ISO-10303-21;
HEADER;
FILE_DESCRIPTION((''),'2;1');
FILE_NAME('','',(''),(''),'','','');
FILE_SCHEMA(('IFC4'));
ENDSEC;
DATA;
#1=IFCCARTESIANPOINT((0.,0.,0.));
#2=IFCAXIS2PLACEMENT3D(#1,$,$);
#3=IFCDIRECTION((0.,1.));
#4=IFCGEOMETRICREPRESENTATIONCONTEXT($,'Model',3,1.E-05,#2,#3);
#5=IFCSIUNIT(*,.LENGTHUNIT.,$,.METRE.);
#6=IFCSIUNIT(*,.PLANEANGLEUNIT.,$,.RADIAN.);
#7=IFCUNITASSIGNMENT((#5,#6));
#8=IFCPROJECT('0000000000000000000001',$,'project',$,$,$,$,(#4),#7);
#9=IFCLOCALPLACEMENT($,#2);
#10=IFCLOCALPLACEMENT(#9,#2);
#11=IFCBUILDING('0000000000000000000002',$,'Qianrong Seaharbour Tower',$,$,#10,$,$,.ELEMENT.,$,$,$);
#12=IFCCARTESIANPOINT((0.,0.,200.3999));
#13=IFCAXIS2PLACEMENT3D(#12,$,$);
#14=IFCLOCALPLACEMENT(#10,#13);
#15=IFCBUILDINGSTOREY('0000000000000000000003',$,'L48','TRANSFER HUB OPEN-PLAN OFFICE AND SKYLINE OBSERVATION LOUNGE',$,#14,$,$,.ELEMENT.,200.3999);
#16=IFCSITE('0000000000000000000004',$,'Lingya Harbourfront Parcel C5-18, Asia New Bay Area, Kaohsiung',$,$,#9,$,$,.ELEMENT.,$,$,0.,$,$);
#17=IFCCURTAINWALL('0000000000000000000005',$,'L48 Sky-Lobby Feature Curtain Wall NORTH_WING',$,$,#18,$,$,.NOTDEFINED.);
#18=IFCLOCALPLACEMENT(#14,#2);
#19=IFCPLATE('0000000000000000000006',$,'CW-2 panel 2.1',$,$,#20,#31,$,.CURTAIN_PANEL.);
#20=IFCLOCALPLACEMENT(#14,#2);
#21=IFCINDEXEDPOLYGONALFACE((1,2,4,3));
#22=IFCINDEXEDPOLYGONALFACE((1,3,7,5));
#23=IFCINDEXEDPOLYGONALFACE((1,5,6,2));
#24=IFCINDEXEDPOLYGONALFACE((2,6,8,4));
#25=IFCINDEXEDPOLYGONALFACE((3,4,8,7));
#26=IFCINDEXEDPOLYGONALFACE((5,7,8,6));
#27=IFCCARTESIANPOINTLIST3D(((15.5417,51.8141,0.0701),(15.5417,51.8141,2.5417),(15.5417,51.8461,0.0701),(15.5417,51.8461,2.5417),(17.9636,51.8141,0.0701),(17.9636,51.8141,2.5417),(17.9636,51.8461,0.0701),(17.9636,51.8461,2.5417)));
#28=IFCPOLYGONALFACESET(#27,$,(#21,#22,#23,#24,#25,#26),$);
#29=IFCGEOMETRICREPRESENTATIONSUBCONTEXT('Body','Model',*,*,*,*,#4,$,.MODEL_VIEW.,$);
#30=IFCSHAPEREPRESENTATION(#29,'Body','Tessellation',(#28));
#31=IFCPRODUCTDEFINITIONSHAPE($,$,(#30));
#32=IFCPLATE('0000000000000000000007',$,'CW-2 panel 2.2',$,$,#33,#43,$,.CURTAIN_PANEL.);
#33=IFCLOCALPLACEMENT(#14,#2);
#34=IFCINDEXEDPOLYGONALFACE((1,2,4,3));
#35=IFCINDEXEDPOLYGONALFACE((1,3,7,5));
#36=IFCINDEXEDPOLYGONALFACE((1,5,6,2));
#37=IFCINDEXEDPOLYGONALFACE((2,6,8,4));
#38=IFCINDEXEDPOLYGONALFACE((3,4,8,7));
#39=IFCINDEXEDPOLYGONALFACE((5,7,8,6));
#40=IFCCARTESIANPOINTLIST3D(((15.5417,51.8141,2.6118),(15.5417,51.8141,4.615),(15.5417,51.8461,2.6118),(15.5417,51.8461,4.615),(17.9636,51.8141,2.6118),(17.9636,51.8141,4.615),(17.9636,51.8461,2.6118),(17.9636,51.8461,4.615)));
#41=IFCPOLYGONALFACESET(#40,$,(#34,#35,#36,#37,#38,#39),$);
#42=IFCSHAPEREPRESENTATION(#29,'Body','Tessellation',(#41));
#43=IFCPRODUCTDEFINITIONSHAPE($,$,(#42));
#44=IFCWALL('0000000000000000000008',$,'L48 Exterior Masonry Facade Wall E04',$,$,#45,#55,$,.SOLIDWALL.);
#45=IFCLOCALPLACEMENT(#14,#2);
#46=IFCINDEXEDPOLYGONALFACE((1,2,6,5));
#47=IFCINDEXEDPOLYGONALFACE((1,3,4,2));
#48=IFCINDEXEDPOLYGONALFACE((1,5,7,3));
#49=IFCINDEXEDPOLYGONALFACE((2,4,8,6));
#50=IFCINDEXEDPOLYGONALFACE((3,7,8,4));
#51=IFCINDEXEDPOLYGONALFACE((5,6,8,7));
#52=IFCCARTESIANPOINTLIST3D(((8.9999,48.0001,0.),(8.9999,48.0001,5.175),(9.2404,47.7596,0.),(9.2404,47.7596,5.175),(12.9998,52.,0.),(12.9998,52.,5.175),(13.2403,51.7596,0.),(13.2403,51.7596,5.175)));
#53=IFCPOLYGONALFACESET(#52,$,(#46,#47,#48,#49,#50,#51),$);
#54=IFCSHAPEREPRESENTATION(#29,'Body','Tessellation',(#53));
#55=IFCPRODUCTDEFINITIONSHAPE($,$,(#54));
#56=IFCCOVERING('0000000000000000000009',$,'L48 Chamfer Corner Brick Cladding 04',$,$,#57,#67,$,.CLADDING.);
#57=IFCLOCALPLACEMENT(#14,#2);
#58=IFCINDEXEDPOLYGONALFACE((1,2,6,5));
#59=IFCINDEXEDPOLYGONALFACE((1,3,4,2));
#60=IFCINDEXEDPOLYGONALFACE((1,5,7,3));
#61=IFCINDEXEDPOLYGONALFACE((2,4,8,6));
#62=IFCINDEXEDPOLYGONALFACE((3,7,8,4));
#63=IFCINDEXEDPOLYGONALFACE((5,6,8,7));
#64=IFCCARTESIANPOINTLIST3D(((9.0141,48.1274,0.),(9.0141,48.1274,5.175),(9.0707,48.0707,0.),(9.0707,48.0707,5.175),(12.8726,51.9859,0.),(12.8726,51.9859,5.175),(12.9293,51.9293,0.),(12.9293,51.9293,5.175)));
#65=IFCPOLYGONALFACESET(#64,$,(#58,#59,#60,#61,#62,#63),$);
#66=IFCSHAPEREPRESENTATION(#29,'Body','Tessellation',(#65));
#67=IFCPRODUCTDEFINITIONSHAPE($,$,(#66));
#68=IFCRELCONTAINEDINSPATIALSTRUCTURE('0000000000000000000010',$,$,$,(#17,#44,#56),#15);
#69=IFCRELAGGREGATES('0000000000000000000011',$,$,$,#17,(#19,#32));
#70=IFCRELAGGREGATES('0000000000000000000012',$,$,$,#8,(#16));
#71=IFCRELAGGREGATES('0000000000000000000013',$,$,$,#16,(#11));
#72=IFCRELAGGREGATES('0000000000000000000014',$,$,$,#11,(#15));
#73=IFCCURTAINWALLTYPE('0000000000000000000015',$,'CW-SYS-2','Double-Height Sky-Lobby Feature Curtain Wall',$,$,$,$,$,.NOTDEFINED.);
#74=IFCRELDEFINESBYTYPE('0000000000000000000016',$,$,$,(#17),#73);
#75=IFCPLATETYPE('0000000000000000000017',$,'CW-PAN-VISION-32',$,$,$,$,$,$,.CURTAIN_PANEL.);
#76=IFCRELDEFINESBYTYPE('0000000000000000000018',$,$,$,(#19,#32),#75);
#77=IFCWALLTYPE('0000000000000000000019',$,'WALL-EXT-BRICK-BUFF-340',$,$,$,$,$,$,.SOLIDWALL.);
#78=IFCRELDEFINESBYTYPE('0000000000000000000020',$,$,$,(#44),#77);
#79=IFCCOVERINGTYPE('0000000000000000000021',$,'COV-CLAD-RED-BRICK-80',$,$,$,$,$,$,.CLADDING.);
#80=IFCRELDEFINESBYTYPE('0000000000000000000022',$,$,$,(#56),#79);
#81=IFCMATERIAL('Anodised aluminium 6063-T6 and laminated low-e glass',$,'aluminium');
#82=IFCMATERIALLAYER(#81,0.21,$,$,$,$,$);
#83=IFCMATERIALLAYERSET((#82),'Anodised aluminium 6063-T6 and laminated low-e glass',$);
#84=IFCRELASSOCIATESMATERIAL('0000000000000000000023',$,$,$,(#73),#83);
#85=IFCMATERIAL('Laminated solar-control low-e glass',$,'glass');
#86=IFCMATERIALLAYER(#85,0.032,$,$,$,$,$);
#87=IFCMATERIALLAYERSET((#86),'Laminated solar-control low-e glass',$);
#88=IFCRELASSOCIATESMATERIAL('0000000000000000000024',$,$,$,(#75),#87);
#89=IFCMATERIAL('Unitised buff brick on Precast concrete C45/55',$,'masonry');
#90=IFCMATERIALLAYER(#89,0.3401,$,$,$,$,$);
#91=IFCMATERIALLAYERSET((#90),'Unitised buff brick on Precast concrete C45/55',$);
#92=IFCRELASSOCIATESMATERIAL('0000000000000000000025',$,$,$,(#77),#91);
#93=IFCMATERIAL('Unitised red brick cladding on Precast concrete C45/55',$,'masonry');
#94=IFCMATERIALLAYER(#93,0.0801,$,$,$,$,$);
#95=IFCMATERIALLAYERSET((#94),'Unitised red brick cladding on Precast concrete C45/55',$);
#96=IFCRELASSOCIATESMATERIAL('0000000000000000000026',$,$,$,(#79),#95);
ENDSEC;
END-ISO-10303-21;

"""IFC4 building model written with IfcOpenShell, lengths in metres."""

from ifc_helpers import new_model, si_unit, direction, frame, frame_2d, origin, origin_2d, place, context, subcontext, project, spatial, rectangle, extrude, material, layer, layer_set, type_object, element, aggregate, save


model = new_model("IFC4")

# Units and contexts
model_context = context("Model", 3, precision=1e-05, world=origin(), true_north=direction((0.0, 1.0)))
body_context = subcontext(model_context, "Body", "Model", "MODEL_VIEW")
ifc_project = project(units=[si_unit("LENGTHUNIT", "METRE"), si_unit("PLANEANGLEUNIT", "RADIAN")], contexts=[model_context])

# Site, building, storey
site_placement = place(None, origin())
site = spatial("IfcSite", under=ifc_project, at=site_placement, Name="Lingya Harbourfront Parcel C5-18, Asia New Bay Area, Kaohsiung", CompositionType="ELEMENT", RefElevation=0.0)
building_placement = place(site_placement, origin())
building = spatial("IfcBuilding", under=site, at=building_placement, Name="Qianrong Seaharbour Tower", CompositionType="ELEMENT")
storey_placement = place(building_placement, frame((0.0, 0.0, 200.3999)))
storey = spatial("IfcBuildingStorey", under=building, at=storey_placement, Name="L48", Description="TRANSFER HUB OPEN-PLAN OFFICE AND SKYLINE OBSERVATION LOUNGE", CompositionType="ELEMENT", Elevation=200.3999)

# Curtain wall, plates
ifc_material_1 = material(Name="Anodised aluminium 6063-T6 and laminated low-e glass", Category="aluminium")
ifc_layer_1 = layer(ifc_material_1, 0.21)
ifc_layer_set_1 = layer_set([ifc_layer_1], Name="Anodised aluminium 6063-T6 and laminated low-e glass")
curtain_wall_type = type_object("IfcCurtainWallType", Name="CW-SYS-2", Description="Double-Height Sky-Lobby Feature Curtain Wall", PredefinedType="NOTDEFINED", material=ifc_layer_set_1)
curtain_wall_placement = place(storey_placement, origin())
curtain_wall = element("IfcCurtainWall", 1, at=curtain_wall_placement, inside=storey, type_object=curtain_wall_type, Name="L48 Sky-Lobby Feature Curtain Wall NORTH_WING", PredefinedType="NOTDEFINED")
ifc_material_2 = material(Name="Laminated solar-control low-e glass", Category="glass")
ifc_layer_2 = layer(ifc_material_2, 0.032)
ifc_layer_set_2 = layer_set([ifc_layer_2], Name="Laminated solar-control low-e glass")
plate_type = type_object("IfcPlateType", Name="CW-PAN-VISION-32", PredefinedType="CURTAIN_PANEL", material=ifc_layer_set_2)
plate_1_placement = place(storey_placement, frame((16.7527, 51.8301, 0.0701), z_axis=(0.0, 0.0, 1.0), x_axis=(1.0, 0.0, 0.0)))
plate_1 = element("IfcPlate", 2, at=plate_1_placement, type_object=plate_type, Name="CW-2 panel 2.1", PredefinedType="CURTAIN_PANEL", context=body_context, shape_type="SweptSolid", body=[
    extrude(rectangle(XDim=2.4219, YDim=0.032, at=origin_2d()), origin(), (0.0, 0.0, 1.0), 2.4717),
])
plate_2_placement = place(storey_placement, frame((16.7527, 51.8301, 2.6118), z_axis=(0.0, 0.0, 1.0), x_axis=(1.0, 0.0, 0.0)))
plate_2 = element("IfcPlate", 3, at=plate_2_placement, type_object=plate_type, Name="CW-2 panel 2.2", PredefinedType="CURTAIN_PANEL", context=body_context, shape_type="SweptSolid", body=[
    extrude(rectangle(XDim=2.4219, YDim=0.032, at=origin_2d()), origin(), (0.0, 0.0, 1.0), 2.0032),
])
aggregate(curtain_wall, [plate_1, plate_2])

# Wall
ifc_material_3 = material(Name="Unitised buff brick on Precast concrete C45/55", Category="masonry")
ifc_layer_3 = layer(ifc_material_3, 0.3401)
ifc_layer_set_3 = layer_set([ifc_layer_3], Name="Unitised buff brick on Precast concrete C45/55")
wall_type = type_object("IfcWallType", Name="WALL-EXT-BRICK-BUFF-340", PredefinedType="SOLIDWALL", material=ifc_layer_set_3)
wall_placement = place(storey_placement, frame((9.1201, 47.8799, 0.0), z_axis=(0.0, 0.0, 1.0), x_axis=(0.707107, 0.707107, 0.0)))
element("IfcWall", 4, at=wall_placement, inside=storey, type_object=wall_type, Name="L48 Exterior Masonry Facade Wall E04", PredefinedType="SOLIDWALL", context=body_context, shape_type="SweptSolid", body=[
    extrude(rectangle(XDim=5.6567, YDim=0.3401, at=frame_2d((2.8284, 0.0))), origin(), (0.0, 0.0, 1.0), 5.175),
])

# Covering
ifc_material_4 = material(Name="Unitised red brick cladding on Precast concrete C45/55", Category="masonry")
ifc_layer_4 = layer(ifc_material_4, 0.0801)
ifc_layer_set_4 = layer_set([ifc_layer_4], Name="Unitised red brick cladding on Precast concrete C45/55")
covering_type = type_object("IfcCoveringType", Name="COV-CLAD-RED-BRICK-80", PredefinedType="CLADDING", material=ifc_layer_set_4)
covering_placement = place(storey_placement, frame((10.9717, 50.0283, 0.0), z_axis=(0.0, 0.0, 1.0), x_axis=(0.707107, 0.707107, 0.0)))
element("IfcCovering", 5, at=covering_placement, inside=storey, type_object=covering_type, Name="L48 Chamfer Corner Brick Cladding 04", PredefinedType="CLADDING", context=body_context, shape_type="SweptSolid", body=[
    extrude(rectangle(XDim=5.4568, YDim=0.0801, at=origin_2d()), origin(), (0.0, 0.0, 1.0), 5.175),
])

save(model, "model.ifc")
